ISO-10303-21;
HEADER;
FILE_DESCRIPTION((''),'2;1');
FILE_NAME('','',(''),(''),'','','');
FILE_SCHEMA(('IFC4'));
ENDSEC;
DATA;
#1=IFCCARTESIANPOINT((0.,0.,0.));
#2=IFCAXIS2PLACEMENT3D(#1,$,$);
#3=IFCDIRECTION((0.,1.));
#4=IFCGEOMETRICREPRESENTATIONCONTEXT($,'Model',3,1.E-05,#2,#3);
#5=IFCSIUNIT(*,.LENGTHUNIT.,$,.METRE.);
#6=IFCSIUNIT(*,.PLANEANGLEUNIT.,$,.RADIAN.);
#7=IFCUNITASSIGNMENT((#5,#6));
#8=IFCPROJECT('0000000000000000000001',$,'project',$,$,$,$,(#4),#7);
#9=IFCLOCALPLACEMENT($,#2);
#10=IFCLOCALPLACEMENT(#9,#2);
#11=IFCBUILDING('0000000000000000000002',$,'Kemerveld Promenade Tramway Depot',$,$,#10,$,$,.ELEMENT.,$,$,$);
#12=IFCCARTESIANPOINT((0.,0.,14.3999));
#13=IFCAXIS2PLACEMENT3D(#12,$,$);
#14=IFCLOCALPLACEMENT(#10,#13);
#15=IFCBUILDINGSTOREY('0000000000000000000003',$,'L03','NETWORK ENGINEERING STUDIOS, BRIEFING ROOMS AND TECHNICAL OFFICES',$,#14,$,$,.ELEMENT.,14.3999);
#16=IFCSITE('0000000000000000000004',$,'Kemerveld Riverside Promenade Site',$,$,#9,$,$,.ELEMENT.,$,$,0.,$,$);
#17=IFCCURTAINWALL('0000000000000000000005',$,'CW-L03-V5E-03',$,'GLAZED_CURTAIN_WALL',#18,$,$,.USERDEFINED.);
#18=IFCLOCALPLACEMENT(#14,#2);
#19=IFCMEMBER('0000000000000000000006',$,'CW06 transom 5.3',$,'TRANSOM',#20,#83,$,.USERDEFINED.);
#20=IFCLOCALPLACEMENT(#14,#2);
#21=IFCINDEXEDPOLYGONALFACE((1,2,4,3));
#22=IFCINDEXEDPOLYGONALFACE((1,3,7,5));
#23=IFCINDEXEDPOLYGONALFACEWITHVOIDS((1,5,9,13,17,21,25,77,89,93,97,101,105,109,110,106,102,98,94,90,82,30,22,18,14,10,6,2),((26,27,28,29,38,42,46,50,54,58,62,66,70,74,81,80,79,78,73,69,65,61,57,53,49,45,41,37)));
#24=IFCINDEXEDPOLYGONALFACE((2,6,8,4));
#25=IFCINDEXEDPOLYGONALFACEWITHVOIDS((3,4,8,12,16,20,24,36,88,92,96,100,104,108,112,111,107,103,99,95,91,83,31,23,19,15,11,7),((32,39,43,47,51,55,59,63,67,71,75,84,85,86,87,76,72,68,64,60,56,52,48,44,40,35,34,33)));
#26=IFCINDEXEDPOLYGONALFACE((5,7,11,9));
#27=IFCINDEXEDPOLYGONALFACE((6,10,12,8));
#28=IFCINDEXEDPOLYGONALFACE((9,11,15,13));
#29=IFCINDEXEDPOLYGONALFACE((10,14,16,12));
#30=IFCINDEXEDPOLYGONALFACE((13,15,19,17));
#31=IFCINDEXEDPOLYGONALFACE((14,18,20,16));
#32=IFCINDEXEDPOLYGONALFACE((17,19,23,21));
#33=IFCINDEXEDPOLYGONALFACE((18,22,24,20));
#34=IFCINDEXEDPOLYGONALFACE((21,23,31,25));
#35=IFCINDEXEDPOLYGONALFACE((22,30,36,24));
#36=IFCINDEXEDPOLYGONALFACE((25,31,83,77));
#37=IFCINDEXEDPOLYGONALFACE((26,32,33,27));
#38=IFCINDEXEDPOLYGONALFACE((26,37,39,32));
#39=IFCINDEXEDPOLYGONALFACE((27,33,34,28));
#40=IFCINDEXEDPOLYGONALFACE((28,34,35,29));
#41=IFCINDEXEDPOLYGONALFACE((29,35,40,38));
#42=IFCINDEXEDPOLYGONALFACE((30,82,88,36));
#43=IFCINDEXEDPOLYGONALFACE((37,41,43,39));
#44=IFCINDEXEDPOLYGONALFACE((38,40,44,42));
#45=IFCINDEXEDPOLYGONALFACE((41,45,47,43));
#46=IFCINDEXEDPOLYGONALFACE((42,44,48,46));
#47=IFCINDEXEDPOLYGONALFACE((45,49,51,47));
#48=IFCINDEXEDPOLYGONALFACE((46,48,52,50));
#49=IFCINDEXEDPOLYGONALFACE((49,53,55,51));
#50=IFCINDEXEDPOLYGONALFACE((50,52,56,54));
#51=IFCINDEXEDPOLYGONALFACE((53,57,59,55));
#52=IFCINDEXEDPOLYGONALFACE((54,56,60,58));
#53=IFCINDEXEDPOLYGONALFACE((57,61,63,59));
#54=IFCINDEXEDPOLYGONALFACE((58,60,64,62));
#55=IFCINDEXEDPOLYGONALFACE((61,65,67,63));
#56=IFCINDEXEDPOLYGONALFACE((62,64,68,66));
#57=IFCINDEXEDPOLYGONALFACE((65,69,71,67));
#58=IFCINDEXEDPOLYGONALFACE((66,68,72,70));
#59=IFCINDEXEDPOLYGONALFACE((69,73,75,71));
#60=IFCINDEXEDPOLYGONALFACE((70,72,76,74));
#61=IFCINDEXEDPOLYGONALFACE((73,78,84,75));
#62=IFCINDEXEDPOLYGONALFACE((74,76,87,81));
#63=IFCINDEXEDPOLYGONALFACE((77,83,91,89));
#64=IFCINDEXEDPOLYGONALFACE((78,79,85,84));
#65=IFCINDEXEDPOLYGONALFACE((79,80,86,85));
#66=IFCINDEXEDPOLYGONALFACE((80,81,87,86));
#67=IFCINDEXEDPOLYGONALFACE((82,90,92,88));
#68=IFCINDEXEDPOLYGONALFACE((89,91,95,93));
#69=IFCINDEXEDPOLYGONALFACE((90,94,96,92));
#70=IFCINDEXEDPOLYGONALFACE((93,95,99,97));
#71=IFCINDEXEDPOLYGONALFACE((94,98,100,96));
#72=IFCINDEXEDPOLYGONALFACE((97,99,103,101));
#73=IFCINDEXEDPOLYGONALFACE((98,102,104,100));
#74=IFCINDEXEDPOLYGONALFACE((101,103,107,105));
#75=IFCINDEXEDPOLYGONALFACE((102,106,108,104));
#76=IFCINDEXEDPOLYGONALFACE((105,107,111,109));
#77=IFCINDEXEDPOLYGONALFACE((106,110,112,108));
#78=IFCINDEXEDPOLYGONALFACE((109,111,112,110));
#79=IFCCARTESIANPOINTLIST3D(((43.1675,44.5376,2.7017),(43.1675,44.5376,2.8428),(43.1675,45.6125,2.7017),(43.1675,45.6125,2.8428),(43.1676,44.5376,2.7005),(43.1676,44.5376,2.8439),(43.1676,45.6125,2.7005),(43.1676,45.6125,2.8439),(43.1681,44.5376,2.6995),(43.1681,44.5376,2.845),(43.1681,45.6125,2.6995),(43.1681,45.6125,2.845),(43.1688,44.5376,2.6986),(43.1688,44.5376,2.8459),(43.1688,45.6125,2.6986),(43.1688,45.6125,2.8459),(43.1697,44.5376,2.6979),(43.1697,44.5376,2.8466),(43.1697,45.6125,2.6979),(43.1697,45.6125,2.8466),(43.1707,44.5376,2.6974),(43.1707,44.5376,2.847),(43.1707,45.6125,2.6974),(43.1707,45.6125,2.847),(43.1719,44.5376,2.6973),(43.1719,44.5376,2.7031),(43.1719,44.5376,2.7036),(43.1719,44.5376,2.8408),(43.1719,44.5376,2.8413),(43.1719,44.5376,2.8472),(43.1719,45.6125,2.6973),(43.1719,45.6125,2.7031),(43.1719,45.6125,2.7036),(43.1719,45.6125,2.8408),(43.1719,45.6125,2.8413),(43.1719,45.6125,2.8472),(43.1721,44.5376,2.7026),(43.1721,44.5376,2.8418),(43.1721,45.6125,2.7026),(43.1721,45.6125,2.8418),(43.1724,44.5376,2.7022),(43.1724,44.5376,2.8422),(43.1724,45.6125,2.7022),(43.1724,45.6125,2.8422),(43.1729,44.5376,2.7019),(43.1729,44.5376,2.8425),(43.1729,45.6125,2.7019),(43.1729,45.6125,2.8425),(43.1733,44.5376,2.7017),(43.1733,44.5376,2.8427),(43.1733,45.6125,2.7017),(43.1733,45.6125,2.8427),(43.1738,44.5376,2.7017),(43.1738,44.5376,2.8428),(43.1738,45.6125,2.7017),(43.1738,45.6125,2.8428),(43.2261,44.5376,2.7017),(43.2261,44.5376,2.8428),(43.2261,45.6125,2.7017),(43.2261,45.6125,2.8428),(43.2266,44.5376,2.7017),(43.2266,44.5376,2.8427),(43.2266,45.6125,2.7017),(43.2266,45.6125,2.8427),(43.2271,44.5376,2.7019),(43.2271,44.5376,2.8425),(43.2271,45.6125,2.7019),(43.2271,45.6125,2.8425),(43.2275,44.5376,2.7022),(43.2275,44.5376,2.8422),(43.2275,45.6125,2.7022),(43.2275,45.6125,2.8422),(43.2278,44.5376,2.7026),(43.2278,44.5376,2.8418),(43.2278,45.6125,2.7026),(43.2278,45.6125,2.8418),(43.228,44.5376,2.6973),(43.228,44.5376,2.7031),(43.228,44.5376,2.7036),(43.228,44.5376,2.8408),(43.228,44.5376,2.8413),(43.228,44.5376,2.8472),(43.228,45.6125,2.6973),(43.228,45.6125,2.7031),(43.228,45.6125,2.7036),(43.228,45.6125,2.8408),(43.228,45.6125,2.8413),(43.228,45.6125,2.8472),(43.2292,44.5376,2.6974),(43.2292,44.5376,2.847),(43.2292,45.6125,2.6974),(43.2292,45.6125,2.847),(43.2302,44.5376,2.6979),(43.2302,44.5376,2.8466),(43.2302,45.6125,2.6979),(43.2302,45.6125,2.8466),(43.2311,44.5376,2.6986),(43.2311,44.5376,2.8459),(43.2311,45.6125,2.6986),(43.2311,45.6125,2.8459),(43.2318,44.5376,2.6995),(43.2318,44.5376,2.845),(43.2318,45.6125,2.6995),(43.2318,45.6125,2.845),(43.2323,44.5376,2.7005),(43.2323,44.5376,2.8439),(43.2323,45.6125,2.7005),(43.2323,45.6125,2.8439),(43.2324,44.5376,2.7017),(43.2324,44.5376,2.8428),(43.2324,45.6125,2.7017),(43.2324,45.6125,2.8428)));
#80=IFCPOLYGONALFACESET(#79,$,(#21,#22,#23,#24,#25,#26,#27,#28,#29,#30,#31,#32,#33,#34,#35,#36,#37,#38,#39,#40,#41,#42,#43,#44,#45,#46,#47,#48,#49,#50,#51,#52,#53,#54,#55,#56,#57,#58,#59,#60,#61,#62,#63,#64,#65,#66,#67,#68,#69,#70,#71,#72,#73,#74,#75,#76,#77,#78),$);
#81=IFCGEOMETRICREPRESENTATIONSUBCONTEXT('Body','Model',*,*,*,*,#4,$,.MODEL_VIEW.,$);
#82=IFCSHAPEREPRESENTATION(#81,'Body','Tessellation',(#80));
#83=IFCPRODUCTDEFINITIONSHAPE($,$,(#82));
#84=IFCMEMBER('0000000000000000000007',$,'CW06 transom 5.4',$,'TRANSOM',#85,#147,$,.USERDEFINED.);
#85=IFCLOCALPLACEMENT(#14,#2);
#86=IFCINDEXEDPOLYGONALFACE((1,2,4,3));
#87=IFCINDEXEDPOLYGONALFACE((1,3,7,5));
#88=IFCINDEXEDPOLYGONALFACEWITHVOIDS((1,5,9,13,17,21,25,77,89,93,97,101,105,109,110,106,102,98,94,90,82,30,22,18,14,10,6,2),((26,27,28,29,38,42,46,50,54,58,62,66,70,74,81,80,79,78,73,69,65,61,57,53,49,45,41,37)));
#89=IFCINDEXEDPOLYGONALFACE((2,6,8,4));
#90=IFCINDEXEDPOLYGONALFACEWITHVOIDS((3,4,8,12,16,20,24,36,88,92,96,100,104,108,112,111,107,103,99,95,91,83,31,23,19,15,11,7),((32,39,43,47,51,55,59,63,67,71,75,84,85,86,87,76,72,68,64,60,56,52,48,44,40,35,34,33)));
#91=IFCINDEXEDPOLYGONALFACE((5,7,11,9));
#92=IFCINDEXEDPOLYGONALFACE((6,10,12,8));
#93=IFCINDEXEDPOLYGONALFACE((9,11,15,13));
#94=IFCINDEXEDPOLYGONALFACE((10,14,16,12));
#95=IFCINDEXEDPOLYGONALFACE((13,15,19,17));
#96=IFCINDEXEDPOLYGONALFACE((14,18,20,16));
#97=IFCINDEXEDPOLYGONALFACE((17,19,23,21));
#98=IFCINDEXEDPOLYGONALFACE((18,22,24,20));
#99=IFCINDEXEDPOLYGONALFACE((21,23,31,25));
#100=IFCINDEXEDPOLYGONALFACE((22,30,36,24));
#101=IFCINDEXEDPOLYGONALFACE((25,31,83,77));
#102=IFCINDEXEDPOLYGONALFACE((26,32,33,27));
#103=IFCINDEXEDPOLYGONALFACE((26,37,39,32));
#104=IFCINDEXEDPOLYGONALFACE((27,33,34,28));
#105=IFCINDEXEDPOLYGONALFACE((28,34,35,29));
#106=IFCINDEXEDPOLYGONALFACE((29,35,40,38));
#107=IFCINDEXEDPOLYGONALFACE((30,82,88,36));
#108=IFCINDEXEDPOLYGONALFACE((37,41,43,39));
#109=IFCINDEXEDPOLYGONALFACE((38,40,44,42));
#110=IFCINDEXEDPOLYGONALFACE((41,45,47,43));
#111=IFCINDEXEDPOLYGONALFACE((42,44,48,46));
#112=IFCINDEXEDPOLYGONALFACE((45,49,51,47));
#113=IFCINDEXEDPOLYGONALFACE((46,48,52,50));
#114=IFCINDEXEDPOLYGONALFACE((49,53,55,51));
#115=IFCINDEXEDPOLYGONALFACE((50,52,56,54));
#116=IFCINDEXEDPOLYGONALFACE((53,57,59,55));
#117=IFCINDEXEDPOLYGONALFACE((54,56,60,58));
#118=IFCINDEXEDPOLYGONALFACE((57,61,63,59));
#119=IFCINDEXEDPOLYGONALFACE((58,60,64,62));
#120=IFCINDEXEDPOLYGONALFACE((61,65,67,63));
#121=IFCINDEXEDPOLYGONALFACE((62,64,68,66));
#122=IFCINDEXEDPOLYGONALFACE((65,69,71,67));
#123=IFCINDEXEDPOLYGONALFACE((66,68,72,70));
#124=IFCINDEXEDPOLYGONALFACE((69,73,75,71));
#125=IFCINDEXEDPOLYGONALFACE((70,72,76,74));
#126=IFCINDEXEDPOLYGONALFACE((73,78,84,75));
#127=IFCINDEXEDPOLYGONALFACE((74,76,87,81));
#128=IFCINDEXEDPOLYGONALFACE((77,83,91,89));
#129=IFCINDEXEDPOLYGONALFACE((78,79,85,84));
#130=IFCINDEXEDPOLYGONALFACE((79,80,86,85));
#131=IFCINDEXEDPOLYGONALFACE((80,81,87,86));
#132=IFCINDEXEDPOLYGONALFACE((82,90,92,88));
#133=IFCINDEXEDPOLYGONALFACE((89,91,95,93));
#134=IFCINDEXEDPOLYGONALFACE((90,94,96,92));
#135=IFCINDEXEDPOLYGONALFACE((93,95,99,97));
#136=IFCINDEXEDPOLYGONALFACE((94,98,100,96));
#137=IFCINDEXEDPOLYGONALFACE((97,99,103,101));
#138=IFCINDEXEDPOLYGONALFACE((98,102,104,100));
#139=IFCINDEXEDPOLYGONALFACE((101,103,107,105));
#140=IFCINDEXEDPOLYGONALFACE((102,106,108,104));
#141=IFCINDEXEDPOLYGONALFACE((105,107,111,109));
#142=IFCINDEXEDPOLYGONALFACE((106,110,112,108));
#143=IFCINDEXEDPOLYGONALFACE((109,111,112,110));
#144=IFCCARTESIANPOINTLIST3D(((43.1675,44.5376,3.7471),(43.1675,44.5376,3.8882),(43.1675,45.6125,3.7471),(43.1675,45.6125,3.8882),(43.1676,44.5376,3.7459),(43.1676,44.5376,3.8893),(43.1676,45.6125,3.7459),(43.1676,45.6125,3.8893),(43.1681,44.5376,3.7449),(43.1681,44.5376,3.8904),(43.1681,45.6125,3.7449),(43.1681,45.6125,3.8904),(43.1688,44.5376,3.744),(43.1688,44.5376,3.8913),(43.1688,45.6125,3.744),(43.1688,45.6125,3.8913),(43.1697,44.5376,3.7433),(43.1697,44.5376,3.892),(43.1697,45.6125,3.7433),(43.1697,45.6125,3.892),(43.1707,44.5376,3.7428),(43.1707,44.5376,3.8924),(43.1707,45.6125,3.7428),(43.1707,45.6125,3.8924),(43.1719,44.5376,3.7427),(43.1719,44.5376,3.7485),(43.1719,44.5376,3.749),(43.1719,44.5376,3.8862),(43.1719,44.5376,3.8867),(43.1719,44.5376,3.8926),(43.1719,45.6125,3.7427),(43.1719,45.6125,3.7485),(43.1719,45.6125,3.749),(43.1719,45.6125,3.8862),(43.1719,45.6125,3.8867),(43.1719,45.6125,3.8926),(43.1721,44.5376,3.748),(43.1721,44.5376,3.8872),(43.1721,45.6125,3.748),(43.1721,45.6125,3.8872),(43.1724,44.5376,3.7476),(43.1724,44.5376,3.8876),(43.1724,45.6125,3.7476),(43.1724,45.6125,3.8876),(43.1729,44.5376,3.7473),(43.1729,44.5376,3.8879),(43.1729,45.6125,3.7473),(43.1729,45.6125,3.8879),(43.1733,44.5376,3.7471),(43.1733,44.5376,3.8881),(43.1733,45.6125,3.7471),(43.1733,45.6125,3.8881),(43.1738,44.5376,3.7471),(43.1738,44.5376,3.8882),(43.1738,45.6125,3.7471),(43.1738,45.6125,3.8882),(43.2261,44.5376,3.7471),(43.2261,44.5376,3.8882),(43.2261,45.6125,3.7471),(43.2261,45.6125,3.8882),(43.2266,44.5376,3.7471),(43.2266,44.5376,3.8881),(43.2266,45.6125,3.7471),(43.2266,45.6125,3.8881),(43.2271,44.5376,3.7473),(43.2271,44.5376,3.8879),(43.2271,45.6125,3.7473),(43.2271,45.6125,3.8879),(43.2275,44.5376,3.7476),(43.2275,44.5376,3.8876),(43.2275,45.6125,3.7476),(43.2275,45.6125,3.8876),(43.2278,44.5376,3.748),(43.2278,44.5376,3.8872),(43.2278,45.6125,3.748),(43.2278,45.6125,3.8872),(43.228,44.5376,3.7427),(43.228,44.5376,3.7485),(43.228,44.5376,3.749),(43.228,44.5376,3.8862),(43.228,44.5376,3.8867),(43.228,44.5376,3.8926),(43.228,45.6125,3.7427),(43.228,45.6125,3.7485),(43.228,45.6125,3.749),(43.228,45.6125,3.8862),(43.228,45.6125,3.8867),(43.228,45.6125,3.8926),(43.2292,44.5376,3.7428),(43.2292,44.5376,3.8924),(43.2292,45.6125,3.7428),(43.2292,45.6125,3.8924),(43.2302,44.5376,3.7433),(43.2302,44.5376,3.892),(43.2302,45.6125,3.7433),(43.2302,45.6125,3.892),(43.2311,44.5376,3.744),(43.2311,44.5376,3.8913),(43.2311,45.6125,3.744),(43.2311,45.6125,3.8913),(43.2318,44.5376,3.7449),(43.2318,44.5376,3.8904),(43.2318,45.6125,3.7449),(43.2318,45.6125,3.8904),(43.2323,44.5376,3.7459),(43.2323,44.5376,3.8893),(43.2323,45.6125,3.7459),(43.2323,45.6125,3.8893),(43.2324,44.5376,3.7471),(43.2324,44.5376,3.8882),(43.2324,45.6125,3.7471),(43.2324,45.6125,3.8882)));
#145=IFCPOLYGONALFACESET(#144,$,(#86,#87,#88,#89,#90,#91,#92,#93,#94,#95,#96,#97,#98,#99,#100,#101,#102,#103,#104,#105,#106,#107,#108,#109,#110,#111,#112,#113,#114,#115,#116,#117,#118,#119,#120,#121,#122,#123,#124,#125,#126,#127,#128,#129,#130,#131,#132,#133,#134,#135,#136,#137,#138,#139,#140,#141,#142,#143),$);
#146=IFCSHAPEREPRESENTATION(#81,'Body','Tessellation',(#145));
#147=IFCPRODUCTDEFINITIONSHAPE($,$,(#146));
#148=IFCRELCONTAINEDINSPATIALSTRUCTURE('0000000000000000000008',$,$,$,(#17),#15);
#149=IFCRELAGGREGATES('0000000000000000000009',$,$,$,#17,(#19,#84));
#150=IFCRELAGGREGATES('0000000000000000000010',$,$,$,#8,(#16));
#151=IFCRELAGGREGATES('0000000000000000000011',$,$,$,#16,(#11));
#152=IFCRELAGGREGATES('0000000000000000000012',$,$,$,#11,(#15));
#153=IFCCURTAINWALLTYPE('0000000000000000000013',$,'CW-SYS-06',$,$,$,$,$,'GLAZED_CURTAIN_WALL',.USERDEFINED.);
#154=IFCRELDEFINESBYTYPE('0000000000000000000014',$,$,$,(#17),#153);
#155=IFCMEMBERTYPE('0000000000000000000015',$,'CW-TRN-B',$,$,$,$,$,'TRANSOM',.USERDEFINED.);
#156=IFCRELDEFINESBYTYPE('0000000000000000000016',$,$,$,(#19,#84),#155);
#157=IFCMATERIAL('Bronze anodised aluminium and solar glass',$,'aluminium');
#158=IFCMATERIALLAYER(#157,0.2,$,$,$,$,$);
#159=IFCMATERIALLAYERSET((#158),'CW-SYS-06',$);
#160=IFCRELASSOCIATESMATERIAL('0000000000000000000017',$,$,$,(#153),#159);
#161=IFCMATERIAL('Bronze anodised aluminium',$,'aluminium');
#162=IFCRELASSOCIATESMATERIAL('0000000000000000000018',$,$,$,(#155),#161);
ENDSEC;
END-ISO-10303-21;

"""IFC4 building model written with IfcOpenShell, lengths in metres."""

from ifc_helpers import new_model, si_unit, direction, frame, origin, origin_2d, place, context, subcontext, project, spatial, hollow_rectangle, extrude, material, layer, layer_set, material_profile, profile_set, type_object, element, aggregate, save


model = new_model("IFC4")

# Units and contexts
model_context = context("Model", 3, precision=1e-05, world=origin(), true_north=direction((0.0, 1.0)))
body_context = subcontext(model_context, "Body", "Model", "MODEL_VIEW")
ifc_project = project(units=[si_unit("LENGTHUNIT", "METRE"), si_unit("PLANEANGLEUNIT", "RADIAN")], contexts=[model_context])

# Site, building, storey
site_placement = place(None, origin())
site = spatial("IfcSite", under=ifc_project, at=site_placement, Name="Kemerveld Riverside Promenade Site", CompositionType="ELEMENT", RefElevation=0.0)
building_placement = place(site_placement, origin())
building = spatial("IfcBuilding", under=site, at=building_placement, Name="Kemerveld Promenade Tramway Depot", CompositionType="ELEMENT")
storey_placement = place(building_placement, frame((0.0, 0.0, 14.3999)))
storey = spatial("IfcBuildingStorey", under=building, at=storey_placement, Name="L03", Description="NETWORK ENGINEERING STUDIOS, BRIEFING ROOMS AND TECHNICAL OFFICES", CompositionType="ELEMENT", Elevation=14.3999)

# Curtain wall, members
ifc_material_1 = material(Name="Bronze anodised aluminium and solar glass", Category="aluminium")
ifc_layer_1 = layer(ifc_material_1, 0.2)
ifc_layer_set_1 = layer_set([ifc_layer_1], Name="CW-SYS-06")
curtain_wall_type = type_object("IfcCurtainWallType", Name="CW-SYS-06", ElementType="GLAZED_CURTAIN_WALL", PredefinedType="USERDEFINED", material=ifc_layer_set_1)
curtain_wall_placement = place(storey_placement, origin())
curtain_wall = element("IfcCurtainWall", 1, at=curtain_wall_placement, inside=storey, type_object=curtain_wall_type, Name="CW-L03-V5E-03", ObjectType="GLAZED_CURTAIN_WALL", PredefinedType="USERDEFINED")
ifc_material_2 = material(Name="Bronze anodised aluminium", Category="aluminium")
ifc_material_profile_1 = material_profile(ifc_material_2, hollow_rectangle(XDim=0.0649, YDim=0.1499, WallThickness=0.0044, InnerFilletRadius=0.002, OuterFilletRadius=0.0044, at=origin_2d()), Name="CW-TRN-150x65")
ifc_profile_set_1 = profile_set([ifc_material_profile_1], Name="Bronze anodised aluminium")
member_type_1 = type_object("IfcMemberType", Name="CW-TRN-B", ElementType="TRANSOM", PredefinedType="USERDEFINED", material=ifc_profile_set_1)
member_1_placement = place(storey_placement, frame((43.2, 45.6125, 2.7722), z_axis=(0.0, -1.0, 0.0), x_axis=(1.0, 0.0, 0.0)))
member_1 = element("IfcMember", 2, at=member_1_placement, type_object=member_type_1, Name="CW06 transom 5.3", ObjectType="TRANSOM", PredefinedType="USERDEFINED", context=body_context, shape_type="SweptSolid", body=[
    extrude(hollow_rectangle(XDim=0.0649, YDim=0.1499, WallThickness=0.0044, InnerFilletRadius=0.002, OuterFilletRadius=0.0044, at=origin_2d()), origin(), (0.0, 0.0, 1.0), 1.075),
])
member_2_placement = place(storey_placement, frame((43.2, 45.6125, 3.8176), z_axis=(0.0, -1.0, 0.0), x_axis=(1.0, 0.0, 0.0)))
member_2 = element("IfcMember", 3, at=member_2_placement, type_object=member_type_1, Name="CW06 transom 5.4", ObjectType="TRANSOM", PredefinedType="USERDEFINED", context=body_context, shape_type="SweptSolid", body=[
    extrude(hollow_rectangle(XDim=0.0649, YDim=0.1499, WallThickness=0.0044, InnerFilletRadius=0.002, OuterFilletRadius=0.0044, at=origin_2d()), origin(), (0.0, 0.0, 1.0), 1.075),
])
aggregate(curtain_wall, [member_1, member_2])

save(model, "model.ifc")
